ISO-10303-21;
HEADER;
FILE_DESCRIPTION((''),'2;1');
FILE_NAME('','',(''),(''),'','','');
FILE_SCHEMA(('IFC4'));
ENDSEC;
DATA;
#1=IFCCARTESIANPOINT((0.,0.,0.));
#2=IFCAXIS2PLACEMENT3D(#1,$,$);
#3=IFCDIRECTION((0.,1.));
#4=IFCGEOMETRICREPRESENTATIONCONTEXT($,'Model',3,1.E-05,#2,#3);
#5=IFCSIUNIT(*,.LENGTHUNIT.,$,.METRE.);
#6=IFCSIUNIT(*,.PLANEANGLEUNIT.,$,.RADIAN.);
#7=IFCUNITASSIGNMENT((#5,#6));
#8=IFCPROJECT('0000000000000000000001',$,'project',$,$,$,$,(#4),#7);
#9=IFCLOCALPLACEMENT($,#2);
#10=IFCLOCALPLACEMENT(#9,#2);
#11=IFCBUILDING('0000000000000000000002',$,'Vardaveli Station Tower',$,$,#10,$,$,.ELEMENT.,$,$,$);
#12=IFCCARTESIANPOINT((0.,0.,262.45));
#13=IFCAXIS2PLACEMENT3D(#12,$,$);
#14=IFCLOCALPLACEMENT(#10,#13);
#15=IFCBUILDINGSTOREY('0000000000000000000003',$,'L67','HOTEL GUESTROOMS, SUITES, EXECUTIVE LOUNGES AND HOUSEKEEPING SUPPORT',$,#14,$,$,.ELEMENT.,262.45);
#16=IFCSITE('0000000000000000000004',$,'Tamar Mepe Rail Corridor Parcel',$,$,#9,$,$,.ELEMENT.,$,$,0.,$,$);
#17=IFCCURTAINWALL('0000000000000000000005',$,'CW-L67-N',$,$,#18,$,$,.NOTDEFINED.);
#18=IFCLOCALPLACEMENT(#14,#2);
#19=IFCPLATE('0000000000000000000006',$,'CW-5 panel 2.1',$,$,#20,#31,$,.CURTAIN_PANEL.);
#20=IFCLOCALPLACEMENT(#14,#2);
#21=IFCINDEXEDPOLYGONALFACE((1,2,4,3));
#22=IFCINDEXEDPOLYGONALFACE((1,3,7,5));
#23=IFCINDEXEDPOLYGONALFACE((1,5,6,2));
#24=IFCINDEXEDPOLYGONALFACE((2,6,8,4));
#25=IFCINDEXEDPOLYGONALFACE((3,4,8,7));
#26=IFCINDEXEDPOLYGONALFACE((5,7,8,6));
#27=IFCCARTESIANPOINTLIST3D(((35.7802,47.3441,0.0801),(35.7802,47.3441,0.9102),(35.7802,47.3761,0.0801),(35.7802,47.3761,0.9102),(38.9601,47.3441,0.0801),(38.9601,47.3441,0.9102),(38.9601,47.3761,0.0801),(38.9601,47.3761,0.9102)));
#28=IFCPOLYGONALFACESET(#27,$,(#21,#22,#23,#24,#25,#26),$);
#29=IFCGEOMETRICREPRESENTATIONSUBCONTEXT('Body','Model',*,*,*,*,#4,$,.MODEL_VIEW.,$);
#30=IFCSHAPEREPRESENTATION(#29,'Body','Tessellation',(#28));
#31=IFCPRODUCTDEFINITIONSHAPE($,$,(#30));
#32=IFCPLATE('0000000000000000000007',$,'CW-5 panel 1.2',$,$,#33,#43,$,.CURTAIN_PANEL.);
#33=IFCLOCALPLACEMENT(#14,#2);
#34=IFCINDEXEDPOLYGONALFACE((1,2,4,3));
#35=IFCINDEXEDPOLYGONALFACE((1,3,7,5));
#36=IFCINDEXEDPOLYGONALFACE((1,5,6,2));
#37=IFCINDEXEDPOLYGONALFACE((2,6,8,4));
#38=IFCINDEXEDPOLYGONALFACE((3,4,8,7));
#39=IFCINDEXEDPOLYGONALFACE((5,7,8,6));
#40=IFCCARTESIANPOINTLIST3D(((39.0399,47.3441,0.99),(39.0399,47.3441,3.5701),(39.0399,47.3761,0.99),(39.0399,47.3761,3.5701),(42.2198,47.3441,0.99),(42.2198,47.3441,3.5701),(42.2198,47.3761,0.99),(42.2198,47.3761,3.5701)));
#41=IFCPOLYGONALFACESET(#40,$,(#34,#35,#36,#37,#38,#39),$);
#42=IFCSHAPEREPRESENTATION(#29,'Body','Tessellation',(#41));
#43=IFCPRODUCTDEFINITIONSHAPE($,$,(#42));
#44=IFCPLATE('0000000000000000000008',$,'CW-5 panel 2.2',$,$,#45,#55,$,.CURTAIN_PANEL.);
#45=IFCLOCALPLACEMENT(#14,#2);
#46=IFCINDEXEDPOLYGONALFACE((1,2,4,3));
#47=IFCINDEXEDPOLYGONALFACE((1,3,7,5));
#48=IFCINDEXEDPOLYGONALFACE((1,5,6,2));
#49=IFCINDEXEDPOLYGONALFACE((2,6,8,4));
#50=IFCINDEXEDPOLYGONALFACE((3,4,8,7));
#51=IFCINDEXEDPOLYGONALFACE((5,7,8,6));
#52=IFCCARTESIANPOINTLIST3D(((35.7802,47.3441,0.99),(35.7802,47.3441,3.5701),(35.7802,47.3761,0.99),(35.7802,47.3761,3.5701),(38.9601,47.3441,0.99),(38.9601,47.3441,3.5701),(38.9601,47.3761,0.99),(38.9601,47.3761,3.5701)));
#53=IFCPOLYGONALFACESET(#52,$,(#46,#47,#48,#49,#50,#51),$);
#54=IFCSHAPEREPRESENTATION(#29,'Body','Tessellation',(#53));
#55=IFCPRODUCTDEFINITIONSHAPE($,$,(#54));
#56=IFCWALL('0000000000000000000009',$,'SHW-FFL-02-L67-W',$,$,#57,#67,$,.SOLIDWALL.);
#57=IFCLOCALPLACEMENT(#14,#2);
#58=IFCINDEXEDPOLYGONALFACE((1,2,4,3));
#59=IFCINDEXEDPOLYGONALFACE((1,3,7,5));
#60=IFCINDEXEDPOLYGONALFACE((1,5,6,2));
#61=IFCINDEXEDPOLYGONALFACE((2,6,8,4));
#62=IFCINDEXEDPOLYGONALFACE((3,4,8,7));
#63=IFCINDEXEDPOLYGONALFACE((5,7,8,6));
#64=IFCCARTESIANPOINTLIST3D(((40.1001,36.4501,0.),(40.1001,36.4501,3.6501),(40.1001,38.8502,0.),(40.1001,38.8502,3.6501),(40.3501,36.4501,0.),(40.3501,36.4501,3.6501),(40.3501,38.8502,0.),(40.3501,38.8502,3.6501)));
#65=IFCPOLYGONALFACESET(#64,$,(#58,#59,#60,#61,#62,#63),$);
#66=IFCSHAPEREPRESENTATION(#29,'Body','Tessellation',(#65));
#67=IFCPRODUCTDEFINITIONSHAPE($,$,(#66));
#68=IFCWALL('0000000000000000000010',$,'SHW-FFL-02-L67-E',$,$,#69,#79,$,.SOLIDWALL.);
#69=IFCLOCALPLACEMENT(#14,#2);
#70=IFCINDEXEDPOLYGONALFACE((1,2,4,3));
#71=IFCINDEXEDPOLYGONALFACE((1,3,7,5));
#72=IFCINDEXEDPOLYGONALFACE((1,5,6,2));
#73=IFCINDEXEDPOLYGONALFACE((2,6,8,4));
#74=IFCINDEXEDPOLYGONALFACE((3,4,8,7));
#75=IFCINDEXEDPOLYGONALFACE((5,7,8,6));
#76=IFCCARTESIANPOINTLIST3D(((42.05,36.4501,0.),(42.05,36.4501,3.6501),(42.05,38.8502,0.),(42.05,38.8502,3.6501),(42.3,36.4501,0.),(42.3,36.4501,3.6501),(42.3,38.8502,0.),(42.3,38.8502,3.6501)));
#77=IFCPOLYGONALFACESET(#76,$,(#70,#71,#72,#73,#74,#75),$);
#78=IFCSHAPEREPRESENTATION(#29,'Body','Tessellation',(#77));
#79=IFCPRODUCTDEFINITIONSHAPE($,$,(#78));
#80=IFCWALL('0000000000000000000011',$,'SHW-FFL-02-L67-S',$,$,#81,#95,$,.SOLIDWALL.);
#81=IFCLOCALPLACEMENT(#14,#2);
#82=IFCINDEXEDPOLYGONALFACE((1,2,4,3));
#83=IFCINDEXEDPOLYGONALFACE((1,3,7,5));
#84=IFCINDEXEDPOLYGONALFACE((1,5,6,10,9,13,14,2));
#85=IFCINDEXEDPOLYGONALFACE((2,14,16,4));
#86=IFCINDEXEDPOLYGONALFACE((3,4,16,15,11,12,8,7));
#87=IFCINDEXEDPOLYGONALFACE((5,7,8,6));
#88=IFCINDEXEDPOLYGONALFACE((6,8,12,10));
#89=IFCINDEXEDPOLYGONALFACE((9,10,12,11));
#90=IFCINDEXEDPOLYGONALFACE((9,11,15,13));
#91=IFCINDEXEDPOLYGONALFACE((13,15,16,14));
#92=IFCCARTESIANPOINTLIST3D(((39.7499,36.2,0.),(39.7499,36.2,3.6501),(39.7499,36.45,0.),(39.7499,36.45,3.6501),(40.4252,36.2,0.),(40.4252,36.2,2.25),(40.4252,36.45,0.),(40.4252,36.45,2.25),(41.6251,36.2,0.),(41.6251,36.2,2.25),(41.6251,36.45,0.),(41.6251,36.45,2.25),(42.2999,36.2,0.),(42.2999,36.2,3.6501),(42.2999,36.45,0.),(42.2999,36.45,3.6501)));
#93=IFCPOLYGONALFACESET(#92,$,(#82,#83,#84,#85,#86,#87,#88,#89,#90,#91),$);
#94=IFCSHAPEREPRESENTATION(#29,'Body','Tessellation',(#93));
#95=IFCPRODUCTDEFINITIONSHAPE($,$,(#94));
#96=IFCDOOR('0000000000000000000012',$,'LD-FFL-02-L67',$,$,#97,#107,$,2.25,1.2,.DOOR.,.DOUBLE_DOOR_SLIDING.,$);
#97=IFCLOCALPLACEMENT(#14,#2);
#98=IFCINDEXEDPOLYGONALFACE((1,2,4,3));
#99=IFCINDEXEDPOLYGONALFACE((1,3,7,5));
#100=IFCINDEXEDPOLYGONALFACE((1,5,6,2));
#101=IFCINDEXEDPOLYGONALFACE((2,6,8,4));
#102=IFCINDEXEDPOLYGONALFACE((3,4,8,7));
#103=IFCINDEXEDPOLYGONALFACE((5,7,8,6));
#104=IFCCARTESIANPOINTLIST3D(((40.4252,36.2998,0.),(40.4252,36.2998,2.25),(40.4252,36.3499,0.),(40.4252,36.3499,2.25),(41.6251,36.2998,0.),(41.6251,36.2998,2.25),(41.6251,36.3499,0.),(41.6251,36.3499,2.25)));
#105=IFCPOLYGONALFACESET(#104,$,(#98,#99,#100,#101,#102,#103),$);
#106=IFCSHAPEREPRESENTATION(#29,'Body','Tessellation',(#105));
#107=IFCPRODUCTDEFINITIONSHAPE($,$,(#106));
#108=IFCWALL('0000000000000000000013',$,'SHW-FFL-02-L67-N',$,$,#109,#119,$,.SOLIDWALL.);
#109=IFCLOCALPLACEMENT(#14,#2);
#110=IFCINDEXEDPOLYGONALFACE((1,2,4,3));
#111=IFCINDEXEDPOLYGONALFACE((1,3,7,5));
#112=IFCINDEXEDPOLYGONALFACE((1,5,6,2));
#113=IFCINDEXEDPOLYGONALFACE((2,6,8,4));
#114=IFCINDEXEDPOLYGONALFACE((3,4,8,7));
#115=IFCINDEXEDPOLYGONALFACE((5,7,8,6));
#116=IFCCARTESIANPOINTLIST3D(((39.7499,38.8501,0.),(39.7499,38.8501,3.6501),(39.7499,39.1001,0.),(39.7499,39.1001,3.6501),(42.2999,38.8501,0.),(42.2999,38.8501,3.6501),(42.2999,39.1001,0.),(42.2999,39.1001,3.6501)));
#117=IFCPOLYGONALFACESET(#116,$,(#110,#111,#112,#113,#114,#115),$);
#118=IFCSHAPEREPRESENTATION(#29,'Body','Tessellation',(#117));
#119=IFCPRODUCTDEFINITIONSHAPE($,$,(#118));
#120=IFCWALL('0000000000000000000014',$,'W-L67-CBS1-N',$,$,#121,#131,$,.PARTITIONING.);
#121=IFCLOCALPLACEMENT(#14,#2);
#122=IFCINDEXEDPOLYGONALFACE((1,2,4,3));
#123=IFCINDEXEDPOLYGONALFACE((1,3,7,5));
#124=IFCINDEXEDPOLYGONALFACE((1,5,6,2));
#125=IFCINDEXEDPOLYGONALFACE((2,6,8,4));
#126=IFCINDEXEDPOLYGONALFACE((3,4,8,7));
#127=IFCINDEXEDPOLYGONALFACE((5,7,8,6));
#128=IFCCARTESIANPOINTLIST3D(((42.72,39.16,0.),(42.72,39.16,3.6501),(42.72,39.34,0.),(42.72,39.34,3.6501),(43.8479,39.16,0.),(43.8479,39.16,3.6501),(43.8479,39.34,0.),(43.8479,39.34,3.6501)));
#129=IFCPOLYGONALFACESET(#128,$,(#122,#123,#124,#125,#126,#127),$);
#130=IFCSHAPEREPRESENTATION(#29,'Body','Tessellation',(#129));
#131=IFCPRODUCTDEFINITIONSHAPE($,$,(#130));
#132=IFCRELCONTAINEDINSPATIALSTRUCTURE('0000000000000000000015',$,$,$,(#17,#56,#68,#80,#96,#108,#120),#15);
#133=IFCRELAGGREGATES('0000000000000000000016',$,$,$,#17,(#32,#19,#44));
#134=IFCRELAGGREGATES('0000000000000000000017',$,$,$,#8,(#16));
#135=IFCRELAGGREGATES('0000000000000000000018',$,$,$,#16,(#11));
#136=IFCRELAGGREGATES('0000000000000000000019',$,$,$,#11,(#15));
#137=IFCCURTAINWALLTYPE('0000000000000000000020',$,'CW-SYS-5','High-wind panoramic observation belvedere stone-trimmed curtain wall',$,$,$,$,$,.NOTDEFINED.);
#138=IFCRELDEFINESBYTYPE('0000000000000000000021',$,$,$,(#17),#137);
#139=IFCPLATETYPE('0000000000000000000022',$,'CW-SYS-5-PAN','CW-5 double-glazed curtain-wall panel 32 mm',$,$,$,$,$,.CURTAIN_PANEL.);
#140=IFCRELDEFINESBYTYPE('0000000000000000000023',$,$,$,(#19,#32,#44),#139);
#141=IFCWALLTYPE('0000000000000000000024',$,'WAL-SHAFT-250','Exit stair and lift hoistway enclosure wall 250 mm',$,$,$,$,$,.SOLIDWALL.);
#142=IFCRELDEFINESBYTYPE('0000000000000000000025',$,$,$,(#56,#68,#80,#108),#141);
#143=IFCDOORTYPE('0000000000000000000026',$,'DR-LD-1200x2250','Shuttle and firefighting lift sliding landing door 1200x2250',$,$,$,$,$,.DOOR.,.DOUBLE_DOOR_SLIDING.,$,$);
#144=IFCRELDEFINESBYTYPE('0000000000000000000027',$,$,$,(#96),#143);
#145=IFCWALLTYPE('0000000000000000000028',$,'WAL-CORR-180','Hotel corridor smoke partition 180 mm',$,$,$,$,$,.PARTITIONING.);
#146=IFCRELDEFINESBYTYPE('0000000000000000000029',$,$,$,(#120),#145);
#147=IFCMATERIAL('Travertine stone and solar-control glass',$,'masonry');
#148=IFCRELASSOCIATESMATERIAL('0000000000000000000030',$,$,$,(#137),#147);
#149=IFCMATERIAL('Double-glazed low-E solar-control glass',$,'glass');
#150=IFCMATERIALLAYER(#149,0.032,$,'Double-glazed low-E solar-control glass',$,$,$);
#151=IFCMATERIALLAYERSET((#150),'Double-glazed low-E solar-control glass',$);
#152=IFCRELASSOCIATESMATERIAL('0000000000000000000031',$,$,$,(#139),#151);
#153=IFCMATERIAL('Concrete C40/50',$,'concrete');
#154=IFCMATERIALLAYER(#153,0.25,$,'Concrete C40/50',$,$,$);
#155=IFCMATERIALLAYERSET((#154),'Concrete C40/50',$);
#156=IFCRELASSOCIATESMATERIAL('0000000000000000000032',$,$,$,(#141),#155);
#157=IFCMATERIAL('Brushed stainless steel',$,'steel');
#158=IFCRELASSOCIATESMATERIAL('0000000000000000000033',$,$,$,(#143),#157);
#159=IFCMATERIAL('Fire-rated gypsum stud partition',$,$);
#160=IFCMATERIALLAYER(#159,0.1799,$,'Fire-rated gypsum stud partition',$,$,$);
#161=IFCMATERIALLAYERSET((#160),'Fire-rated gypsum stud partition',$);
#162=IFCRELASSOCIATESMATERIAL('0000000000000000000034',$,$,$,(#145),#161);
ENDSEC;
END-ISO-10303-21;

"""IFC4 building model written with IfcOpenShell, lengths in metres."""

from ifc_helpers import new_model, si_unit, direction, frame, frame_2d, origin, origin_2d, place, context, subcontext, project, spatial, rectangle, extrude, source, transform, mapped, material, layer, layer_set, type_object, element, fill, aggregate, save


model = new_model("IFC4")

# Units and contexts
model_context = context("Model", 3, precision=1e-05, world=origin(), true_north=direction((0.0, 1.0)))
body_context = subcontext(model_context, "Body", "Model", "MODEL_VIEW")
ifc_project = project(units=[si_unit("LENGTHUNIT", "METRE"), si_unit("PLANEANGLEUNIT", "RADIAN")], contexts=[model_context])

# Site, building, storey
site_placement = place(None, origin())
site = spatial("IfcSite", under=ifc_project, at=site_placement, Name="Tamar Mepe Rail Corridor Parcel", CompositionType="ELEMENT", RefElevation=0.0)
building_placement = place(site_placement, origin())
building = spatial("IfcBuilding", under=site, at=building_placement, Name="Vardaveli Station Tower", CompositionType="ELEMENT")
storey_placement = place(building_placement, frame((0.0, 0.0, 262.45)))
storey = spatial("IfcBuildingStorey", under=building, at=storey_placement, Name="L67", Description="HOTEL GUESTROOMS, SUITES, EXECUTIVE LOUNGES AND HOUSEKEEPING SUPPORT", CompositionType="ELEMENT", Elevation=262.45)

# Curtain wall, plates
ifc_material_1 = material(Name="Travertine stone and solar-control glass", Category="masonry")
curtain_wall_type = type_object("IfcCurtainWallType", Name="CW-SYS-5", Description="High-wind panoramic observation belvedere stone-trimmed curtain wall", PredefinedType="NOTDEFINED", material=ifc_material_1)
curtain_wall_placement = place(storey_placement, origin())
curtain_wall = element("IfcCurtainWall", 1, at=curtain_wall_placement, inside=storey, type_object=curtain_wall_type, Name="CW-L67-N", PredefinedType="NOTDEFINED")
ifc_material_2 = material(Name="Double-glazed low-E solar-control glass", Category="glass")
ifc_layer_1 = layer(ifc_material_2, 0.032, Name="Double-glazed low-E solar-control glass")
ifc_layer_set_1 = layer_set([ifc_layer_1], Name="Double-glazed low-E solar-control glass")
plate_type = type_object("IfcPlateType", Name="CW-SYS-5-PAN", Description="CW-5 double-glazed curtain-wall panel 32 mm", PredefinedType="CURTAIN_PANEL", material=ifc_layer_set_1)
shared_shape_1 = source(origin(), body_context, "Body", "SweptSolid", [
    extrude(rectangle(XDim=3.1799, YDim=0.032, at=origin_2d()), origin(), (0.0, 0.0, 1.0), 0.8301),
])
plate_1_placement = place(storey_placement, frame((37.3701, 47.3601, 0.0801), z_axis=(0.0, 0.0, 1.0), x_axis=(-1.0, 0.0, 0.0)))
plate_1 = element("IfcPlate", 2, at=plate_1_placement, type_object=plate_type, Name="CW-5 panel 2.1", PredefinedType="CURTAIN_PANEL", context=body_context, shape_type="MappedRepresentation", body=[
    mapped(shared_shape_1, transform((0.0, 0.0, 0.0), scale=1.0)),
])
shared_shape_2 = source(origin(), body_context, "Body", "SweptSolid", [
    extrude(rectangle(XDim=3.1799, YDim=0.032, at=origin_2d()), origin(), (0.0, 0.0, 1.0), 2.5801),
])
plate_2_placement = place(storey_placement, frame((40.6299, 47.3601, 0.99), z_axis=(0.0, 0.0, 1.0), x_axis=(-1.0, 0.0, 0.0)))
plate_2 = element("IfcPlate", 3, at=plate_2_placement, type_object=plate_type, Name="CW-5 panel 1.2", PredefinedType="CURTAIN_PANEL", context=body_context, shape_type="MappedRepresentation", body=[
    mapped(shared_shape_2, transform((0.0, 0.0, 0.0), scale=1.0)),
])
plate_3_placement = place(storey_placement, frame((37.3701, 47.3601, 0.99), z_axis=(0.0, 0.0, 1.0), x_axis=(-1.0, 0.0, 0.0)))
plate_3 = element("IfcPlate", 4, at=plate_3_placement, type_object=plate_type, Name="CW-5 panel 2.2", PredefinedType="CURTAIN_PANEL", context=body_context, shape_type="MappedRepresentation", body=[
    mapped(shared_shape_2, transform((0.0, 0.0, 0.0), scale=1.0)),
])
aggregate(curtain_wall, [plate_2, plate_1, plate_3])

# Walls
ifc_material_3 = material(Name="Concrete C40/50", Category="concrete")
ifc_layer_2 = layer(ifc_material_3, 0.25, Name="Concrete C40/50")
ifc_layer_set_2 = layer_set([ifc_layer_2], Name="Concrete C40/50")
wall_type_1 = type_object("IfcWallType", Name="WAL-SHAFT-250", Description="Exit stair and lift hoistway enclosure wall 250 mm", PredefinedType="SOLIDWALL", material=ifc_layer_set_2)
shared_shape_3 = source(origin(), body_context, "Body", "SweptSolid", [
    extrude(rectangle(XDim=2.4001, YDim=0.25, at=frame_2d((1.2002, 0.0))), origin(), (0.0, 0.0, 1.0), 3.6501),
])
for number, where, z_axis, x_axis, name in (
    (5, (40.2251, 36.45, 0.0), (0.0, 0.0, 1.0), (0.0, 1.0, 0.0), "SHW-FFL-02-L67-W"),
    (6, (42.175, 36.45, 0.0), (0.0, 0.0, 1.0), (0.0, 1.0, 0.0), "SHW-FFL-02-L67-E"),
):
    element("IfcWall", number, at=place(storey_placement, frame(where, z_axis=z_axis, x_axis=x_axis)), inside=storey, type_object=wall_type_1, Name=name, PredefinedType="SOLIDWALL", context=body_context, shape_type="MappedRepresentation", body=[
        mapped(shared_shape_3, transform((0.0, 0.0, 0.0), scale=1.0)),
    ])

# Wall, opening, door
shared_shape_4 = source(origin(), body_context, "Body", "SweptSolid", [
    extrude(rectangle(XDim=2.55, YDim=0.25, at=frame_2d((1.2749, 0.0))), origin(), (0.0, 0.0, 1.0), 3.6501),
])
wall_1_placement = place(storey_placement, frame((39.75, 36.325, 0.0), z_axis=(0.0, 0.0, 1.0), x_axis=(1.0, 0.0, 0.0)))
wall_1 = element("IfcWall", 7, at=wall_1_placement, inside=storey, type_object=wall_type_1, Name="SHW-FFL-02-L67-S", PredefinedType="SOLIDWALL", context=body_context, shape_type="MappedRepresentation", body=[
    mapped(shared_shape_4, transform((0.0, 0.0, 0.0), scale=1.0)),
])
shared_shape_5 = source(origin(), body_context, "Body", "SweptSolid", [
    extrude(rectangle(XDim=1.2, YDim=2.25, at=frame_2d((0.6001, 1.125))), frame((0.0, 0.135, 0.0), z_axis=(0.0, -1.0, 0.0), x_axis=(1.0, 0.0, 0.0)), (0.0, 0.0, 1.0), 0.27),
])
opening_placement = place(wall_1_placement, frame((0.675, 0.0, 0.0)))
opening = element("IfcOpeningElement", 8, at=opening_placement, cuts=wall_1, PredefinedType="OPENING", context=body_context, shape_type="MappedRepresentation", body=[
    mapped(shared_shape_5, transform((0.0, 0.0, 0.0), scale=1.0)),
])
ifc_material_4 = material(Name="Brushed stainless steel", Category="steel")
door_type = type_object("IfcDoorType", Name="DR-LD-1200x2250", Description="Shuttle and firefighting lift sliding landing door 1200x2250", OperationType="DOUBLE_DOOR_SLIDING", PredefinedType="DOOR", material=ifc_material_4)
shared_shape_6 = source(origin(), body_context, "Body", "SweptSolid", [
    extrude(rectangle(XDim=1.2, YDim=2.25, at=frame_2d((0.6001, 1.125))), frame((0.0, 0.0249, 0.0), z_axis=(0.0, -1.0, 0.0), x_axis=(1.0, 0.0, 0.0)), (0.0, 0.0, 1.0), 0.05),
])
door_placement = place(opening_placement, origin())
door = element("IfcDoor", 9, at=door_placement, inside=storey, type_object=door_type, Name="LD-FFL-02-L67", OperationType="DOUBLE_DOOR_SLIDING", OverallHeight=2.25, OverallWidth=1.2, PredefinedType="DOOR", context=body_context, shape_type="MappedRepresentation", body=[
    mapped(shared_shape_6, transform((0.0, 0.0, 0.0), scale=1.0)),
])
fill(opening, door)

# Walls
wall_2_placement = place(storey_placement, frame((39.75, 38.9751, 0.0), z_axis=(0.0, 0.0, 1.0), x_axis=(1.0, 0.0, 0.0)))
element("IfcWall", 10, at=wall_2_placement, inside=storey, type_object=wall_type_1, Name="SHW-FFL-02-L67-N", PredefinedType="SOLIDWALL", context=body_context, shape_type="MappedRepresentation", body=[
    mapped(shared_shape_4, transform((0.0, 0.0, 0.0), scale=1.0)),
])
ifc_material_5 = material(Name="Fire-rated gypsum stud partition")
ifc_layer_3 = layer(ifc_material_5, 0.1799, Name="Fire-rated gypsum stud partition")
ifc_layer_set_3 = layer_set([ifc_layer_3], Name="Fire-rated gypsum stud partition")
wall_type_2 = type_object("IfcWallType", Name="WAL-CORR-180", Description="Hotel corridor smoke partition 180 mm", PredefinedType="PARTITIONING", material=ifc_layer_set_3)
shared_shape_7 = source(origin(), body_context, "Body", "SweptSolid", [
    extrude(rectangle(XDim=1.1279, YDim=0.1799, at=frame_2d((0.564, 0.0))), origin(), (0.0, 0.0, 1.0), 3.6501),
])
wall_3_placement = place(storey_placement, frame((42.72, 39.25, 0.0), z_axis=(0.0, 0.0, 1.0), x_axis=(1.0, 0.0, 0.0)))
element("IfcWall", 11, at=wall_3_placement, inside=storey, type_object=wall_type_2, Name="W-L67-CBS1-N", PredefinedType="PARTITIONING", context=body_context, shape_type="MappedRepresentation", body=[
    mapped(shared_shape_7, transform((0.0, 0.0, 0.0), scale=1.0)),
])

save(model, "model.ifc")
